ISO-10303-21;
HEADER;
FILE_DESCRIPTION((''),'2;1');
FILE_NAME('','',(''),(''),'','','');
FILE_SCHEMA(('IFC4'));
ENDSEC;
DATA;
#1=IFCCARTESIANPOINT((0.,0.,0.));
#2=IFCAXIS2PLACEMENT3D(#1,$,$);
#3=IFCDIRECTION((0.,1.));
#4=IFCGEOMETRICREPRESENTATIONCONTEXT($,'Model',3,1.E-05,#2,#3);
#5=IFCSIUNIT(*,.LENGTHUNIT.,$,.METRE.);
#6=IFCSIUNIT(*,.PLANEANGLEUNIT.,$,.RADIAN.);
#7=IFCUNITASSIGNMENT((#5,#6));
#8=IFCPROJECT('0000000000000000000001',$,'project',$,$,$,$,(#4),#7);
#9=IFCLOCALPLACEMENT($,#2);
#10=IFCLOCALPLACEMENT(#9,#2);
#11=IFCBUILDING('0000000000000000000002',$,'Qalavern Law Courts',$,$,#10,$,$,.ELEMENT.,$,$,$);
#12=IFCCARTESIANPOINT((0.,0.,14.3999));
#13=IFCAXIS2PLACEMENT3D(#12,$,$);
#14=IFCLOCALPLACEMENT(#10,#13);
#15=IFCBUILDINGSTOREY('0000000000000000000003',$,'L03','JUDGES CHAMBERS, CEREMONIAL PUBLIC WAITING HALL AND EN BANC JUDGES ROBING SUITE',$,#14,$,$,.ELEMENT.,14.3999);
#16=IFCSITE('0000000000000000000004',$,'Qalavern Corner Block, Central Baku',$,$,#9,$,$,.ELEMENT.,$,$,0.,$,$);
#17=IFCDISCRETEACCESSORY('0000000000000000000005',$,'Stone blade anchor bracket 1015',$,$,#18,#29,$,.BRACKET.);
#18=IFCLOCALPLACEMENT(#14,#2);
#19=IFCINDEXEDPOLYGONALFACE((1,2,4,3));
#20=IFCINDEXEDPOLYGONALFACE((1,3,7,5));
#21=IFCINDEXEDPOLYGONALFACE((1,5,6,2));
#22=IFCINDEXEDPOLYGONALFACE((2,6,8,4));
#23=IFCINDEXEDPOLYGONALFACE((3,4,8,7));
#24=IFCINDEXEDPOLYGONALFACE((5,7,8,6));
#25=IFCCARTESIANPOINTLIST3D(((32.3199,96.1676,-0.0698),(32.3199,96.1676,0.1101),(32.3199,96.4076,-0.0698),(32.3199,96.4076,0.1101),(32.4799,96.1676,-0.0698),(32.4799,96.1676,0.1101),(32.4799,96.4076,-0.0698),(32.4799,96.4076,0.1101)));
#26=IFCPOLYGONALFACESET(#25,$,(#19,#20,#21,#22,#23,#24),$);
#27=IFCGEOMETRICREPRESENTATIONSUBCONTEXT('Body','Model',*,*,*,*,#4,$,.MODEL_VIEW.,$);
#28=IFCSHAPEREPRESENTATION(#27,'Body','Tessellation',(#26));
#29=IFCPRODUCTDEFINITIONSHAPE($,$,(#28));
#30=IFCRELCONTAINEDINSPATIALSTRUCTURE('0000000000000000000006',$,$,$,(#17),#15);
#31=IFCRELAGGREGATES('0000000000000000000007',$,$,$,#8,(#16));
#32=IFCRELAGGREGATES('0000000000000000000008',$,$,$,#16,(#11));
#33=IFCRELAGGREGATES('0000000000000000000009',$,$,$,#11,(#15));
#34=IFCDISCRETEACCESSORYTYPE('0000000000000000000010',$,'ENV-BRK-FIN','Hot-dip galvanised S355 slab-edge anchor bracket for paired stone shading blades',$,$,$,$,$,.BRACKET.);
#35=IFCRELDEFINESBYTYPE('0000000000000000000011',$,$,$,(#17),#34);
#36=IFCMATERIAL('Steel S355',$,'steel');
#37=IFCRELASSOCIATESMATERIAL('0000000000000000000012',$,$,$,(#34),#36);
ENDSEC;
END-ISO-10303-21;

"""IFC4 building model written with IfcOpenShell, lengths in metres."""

from ifc_helpers import new_model, si_unit, direction, frame, origin, origin_2d, place, context, subcontext, project, spatial, rectangle, extrude, material, type_object, element, save


model = new_model("IFC4")

# Units and contexts
model_context = context("Model", 3, precision=1e-05, world=origin(), true_north=direction((0.0, 1.0)))
body_context = subcontext(model_context, "Body", "Model", "MODEL_VIEW")
ifc_project = project(units=[si_unit("LENGTHUNIT", "METRE"), si_unit("PLANEANGLEUNIT", "RADIAN")], contexts=[model_context])

# Site, building, storey
site_placement = place(None, origin())
site = spatial("IfcSite", under=ifc_project, at=site_placement, Name="Qalavern Corner Block, Central Baku", CompositionType="ELEMENT", RefElevation=0.0)
building_placement = place(site_placement, origin())
building = spatial("IfcBuilding", under=site, at=building_placement, Name="Qalavern Law Courts", CompositionType="ELEMENT")
storey_placement = place(building_placement, frame((0.0, 0.0, 14.3999)))
storey = spatial("IfcBuildingStorey", under=building, at=storey_placement, Name="L03", Description="JUDGES CHAMBERS, CEREMONIAL PUBLIC WAITING HALL AND EN BANC JUDGES ROBING SUITE", CompositionType="ELEMENT", Elevation=14.3999)

# Discrete accessory
ifc_material_1 = material(Name="Steel S355", Category="steel")
discrete_accessory_type = type_object("IfcDiscreteAccessoryType", Name="ENV-BRK-FIN", Description="Hot-dip galvanised S355 slab-edge anchor bracket for paired stone shading blades", PredefinedType="BRACKET", material=ifc_material_1)
for number, where, z_axis, x_axis, name in (
    (1, (32.3999, 96.2876, -0.0698), (0.0, 0.0, 1.0), (0.0, -1.0, 0.0), "Stone blade anchor bracket 1015"),
):
    element("IfcDiscreteAccessory", number, at=place(storey_placement, frame(where, z_axis=z_axis, x_axis=x_axis)), inside=storey, type_object=discrete_accessory_type, Name=name, PredefinedType="BRACKET", context=body_context, shape_type="SweptSolid", body=[
        extrude(rectangle(XDim=0.24, YDim=0.1599, at=origin_2d()), origin(), (0.0, 0.0, 1.0), 0.1799),
    ])

save(model, "model.ifc")
